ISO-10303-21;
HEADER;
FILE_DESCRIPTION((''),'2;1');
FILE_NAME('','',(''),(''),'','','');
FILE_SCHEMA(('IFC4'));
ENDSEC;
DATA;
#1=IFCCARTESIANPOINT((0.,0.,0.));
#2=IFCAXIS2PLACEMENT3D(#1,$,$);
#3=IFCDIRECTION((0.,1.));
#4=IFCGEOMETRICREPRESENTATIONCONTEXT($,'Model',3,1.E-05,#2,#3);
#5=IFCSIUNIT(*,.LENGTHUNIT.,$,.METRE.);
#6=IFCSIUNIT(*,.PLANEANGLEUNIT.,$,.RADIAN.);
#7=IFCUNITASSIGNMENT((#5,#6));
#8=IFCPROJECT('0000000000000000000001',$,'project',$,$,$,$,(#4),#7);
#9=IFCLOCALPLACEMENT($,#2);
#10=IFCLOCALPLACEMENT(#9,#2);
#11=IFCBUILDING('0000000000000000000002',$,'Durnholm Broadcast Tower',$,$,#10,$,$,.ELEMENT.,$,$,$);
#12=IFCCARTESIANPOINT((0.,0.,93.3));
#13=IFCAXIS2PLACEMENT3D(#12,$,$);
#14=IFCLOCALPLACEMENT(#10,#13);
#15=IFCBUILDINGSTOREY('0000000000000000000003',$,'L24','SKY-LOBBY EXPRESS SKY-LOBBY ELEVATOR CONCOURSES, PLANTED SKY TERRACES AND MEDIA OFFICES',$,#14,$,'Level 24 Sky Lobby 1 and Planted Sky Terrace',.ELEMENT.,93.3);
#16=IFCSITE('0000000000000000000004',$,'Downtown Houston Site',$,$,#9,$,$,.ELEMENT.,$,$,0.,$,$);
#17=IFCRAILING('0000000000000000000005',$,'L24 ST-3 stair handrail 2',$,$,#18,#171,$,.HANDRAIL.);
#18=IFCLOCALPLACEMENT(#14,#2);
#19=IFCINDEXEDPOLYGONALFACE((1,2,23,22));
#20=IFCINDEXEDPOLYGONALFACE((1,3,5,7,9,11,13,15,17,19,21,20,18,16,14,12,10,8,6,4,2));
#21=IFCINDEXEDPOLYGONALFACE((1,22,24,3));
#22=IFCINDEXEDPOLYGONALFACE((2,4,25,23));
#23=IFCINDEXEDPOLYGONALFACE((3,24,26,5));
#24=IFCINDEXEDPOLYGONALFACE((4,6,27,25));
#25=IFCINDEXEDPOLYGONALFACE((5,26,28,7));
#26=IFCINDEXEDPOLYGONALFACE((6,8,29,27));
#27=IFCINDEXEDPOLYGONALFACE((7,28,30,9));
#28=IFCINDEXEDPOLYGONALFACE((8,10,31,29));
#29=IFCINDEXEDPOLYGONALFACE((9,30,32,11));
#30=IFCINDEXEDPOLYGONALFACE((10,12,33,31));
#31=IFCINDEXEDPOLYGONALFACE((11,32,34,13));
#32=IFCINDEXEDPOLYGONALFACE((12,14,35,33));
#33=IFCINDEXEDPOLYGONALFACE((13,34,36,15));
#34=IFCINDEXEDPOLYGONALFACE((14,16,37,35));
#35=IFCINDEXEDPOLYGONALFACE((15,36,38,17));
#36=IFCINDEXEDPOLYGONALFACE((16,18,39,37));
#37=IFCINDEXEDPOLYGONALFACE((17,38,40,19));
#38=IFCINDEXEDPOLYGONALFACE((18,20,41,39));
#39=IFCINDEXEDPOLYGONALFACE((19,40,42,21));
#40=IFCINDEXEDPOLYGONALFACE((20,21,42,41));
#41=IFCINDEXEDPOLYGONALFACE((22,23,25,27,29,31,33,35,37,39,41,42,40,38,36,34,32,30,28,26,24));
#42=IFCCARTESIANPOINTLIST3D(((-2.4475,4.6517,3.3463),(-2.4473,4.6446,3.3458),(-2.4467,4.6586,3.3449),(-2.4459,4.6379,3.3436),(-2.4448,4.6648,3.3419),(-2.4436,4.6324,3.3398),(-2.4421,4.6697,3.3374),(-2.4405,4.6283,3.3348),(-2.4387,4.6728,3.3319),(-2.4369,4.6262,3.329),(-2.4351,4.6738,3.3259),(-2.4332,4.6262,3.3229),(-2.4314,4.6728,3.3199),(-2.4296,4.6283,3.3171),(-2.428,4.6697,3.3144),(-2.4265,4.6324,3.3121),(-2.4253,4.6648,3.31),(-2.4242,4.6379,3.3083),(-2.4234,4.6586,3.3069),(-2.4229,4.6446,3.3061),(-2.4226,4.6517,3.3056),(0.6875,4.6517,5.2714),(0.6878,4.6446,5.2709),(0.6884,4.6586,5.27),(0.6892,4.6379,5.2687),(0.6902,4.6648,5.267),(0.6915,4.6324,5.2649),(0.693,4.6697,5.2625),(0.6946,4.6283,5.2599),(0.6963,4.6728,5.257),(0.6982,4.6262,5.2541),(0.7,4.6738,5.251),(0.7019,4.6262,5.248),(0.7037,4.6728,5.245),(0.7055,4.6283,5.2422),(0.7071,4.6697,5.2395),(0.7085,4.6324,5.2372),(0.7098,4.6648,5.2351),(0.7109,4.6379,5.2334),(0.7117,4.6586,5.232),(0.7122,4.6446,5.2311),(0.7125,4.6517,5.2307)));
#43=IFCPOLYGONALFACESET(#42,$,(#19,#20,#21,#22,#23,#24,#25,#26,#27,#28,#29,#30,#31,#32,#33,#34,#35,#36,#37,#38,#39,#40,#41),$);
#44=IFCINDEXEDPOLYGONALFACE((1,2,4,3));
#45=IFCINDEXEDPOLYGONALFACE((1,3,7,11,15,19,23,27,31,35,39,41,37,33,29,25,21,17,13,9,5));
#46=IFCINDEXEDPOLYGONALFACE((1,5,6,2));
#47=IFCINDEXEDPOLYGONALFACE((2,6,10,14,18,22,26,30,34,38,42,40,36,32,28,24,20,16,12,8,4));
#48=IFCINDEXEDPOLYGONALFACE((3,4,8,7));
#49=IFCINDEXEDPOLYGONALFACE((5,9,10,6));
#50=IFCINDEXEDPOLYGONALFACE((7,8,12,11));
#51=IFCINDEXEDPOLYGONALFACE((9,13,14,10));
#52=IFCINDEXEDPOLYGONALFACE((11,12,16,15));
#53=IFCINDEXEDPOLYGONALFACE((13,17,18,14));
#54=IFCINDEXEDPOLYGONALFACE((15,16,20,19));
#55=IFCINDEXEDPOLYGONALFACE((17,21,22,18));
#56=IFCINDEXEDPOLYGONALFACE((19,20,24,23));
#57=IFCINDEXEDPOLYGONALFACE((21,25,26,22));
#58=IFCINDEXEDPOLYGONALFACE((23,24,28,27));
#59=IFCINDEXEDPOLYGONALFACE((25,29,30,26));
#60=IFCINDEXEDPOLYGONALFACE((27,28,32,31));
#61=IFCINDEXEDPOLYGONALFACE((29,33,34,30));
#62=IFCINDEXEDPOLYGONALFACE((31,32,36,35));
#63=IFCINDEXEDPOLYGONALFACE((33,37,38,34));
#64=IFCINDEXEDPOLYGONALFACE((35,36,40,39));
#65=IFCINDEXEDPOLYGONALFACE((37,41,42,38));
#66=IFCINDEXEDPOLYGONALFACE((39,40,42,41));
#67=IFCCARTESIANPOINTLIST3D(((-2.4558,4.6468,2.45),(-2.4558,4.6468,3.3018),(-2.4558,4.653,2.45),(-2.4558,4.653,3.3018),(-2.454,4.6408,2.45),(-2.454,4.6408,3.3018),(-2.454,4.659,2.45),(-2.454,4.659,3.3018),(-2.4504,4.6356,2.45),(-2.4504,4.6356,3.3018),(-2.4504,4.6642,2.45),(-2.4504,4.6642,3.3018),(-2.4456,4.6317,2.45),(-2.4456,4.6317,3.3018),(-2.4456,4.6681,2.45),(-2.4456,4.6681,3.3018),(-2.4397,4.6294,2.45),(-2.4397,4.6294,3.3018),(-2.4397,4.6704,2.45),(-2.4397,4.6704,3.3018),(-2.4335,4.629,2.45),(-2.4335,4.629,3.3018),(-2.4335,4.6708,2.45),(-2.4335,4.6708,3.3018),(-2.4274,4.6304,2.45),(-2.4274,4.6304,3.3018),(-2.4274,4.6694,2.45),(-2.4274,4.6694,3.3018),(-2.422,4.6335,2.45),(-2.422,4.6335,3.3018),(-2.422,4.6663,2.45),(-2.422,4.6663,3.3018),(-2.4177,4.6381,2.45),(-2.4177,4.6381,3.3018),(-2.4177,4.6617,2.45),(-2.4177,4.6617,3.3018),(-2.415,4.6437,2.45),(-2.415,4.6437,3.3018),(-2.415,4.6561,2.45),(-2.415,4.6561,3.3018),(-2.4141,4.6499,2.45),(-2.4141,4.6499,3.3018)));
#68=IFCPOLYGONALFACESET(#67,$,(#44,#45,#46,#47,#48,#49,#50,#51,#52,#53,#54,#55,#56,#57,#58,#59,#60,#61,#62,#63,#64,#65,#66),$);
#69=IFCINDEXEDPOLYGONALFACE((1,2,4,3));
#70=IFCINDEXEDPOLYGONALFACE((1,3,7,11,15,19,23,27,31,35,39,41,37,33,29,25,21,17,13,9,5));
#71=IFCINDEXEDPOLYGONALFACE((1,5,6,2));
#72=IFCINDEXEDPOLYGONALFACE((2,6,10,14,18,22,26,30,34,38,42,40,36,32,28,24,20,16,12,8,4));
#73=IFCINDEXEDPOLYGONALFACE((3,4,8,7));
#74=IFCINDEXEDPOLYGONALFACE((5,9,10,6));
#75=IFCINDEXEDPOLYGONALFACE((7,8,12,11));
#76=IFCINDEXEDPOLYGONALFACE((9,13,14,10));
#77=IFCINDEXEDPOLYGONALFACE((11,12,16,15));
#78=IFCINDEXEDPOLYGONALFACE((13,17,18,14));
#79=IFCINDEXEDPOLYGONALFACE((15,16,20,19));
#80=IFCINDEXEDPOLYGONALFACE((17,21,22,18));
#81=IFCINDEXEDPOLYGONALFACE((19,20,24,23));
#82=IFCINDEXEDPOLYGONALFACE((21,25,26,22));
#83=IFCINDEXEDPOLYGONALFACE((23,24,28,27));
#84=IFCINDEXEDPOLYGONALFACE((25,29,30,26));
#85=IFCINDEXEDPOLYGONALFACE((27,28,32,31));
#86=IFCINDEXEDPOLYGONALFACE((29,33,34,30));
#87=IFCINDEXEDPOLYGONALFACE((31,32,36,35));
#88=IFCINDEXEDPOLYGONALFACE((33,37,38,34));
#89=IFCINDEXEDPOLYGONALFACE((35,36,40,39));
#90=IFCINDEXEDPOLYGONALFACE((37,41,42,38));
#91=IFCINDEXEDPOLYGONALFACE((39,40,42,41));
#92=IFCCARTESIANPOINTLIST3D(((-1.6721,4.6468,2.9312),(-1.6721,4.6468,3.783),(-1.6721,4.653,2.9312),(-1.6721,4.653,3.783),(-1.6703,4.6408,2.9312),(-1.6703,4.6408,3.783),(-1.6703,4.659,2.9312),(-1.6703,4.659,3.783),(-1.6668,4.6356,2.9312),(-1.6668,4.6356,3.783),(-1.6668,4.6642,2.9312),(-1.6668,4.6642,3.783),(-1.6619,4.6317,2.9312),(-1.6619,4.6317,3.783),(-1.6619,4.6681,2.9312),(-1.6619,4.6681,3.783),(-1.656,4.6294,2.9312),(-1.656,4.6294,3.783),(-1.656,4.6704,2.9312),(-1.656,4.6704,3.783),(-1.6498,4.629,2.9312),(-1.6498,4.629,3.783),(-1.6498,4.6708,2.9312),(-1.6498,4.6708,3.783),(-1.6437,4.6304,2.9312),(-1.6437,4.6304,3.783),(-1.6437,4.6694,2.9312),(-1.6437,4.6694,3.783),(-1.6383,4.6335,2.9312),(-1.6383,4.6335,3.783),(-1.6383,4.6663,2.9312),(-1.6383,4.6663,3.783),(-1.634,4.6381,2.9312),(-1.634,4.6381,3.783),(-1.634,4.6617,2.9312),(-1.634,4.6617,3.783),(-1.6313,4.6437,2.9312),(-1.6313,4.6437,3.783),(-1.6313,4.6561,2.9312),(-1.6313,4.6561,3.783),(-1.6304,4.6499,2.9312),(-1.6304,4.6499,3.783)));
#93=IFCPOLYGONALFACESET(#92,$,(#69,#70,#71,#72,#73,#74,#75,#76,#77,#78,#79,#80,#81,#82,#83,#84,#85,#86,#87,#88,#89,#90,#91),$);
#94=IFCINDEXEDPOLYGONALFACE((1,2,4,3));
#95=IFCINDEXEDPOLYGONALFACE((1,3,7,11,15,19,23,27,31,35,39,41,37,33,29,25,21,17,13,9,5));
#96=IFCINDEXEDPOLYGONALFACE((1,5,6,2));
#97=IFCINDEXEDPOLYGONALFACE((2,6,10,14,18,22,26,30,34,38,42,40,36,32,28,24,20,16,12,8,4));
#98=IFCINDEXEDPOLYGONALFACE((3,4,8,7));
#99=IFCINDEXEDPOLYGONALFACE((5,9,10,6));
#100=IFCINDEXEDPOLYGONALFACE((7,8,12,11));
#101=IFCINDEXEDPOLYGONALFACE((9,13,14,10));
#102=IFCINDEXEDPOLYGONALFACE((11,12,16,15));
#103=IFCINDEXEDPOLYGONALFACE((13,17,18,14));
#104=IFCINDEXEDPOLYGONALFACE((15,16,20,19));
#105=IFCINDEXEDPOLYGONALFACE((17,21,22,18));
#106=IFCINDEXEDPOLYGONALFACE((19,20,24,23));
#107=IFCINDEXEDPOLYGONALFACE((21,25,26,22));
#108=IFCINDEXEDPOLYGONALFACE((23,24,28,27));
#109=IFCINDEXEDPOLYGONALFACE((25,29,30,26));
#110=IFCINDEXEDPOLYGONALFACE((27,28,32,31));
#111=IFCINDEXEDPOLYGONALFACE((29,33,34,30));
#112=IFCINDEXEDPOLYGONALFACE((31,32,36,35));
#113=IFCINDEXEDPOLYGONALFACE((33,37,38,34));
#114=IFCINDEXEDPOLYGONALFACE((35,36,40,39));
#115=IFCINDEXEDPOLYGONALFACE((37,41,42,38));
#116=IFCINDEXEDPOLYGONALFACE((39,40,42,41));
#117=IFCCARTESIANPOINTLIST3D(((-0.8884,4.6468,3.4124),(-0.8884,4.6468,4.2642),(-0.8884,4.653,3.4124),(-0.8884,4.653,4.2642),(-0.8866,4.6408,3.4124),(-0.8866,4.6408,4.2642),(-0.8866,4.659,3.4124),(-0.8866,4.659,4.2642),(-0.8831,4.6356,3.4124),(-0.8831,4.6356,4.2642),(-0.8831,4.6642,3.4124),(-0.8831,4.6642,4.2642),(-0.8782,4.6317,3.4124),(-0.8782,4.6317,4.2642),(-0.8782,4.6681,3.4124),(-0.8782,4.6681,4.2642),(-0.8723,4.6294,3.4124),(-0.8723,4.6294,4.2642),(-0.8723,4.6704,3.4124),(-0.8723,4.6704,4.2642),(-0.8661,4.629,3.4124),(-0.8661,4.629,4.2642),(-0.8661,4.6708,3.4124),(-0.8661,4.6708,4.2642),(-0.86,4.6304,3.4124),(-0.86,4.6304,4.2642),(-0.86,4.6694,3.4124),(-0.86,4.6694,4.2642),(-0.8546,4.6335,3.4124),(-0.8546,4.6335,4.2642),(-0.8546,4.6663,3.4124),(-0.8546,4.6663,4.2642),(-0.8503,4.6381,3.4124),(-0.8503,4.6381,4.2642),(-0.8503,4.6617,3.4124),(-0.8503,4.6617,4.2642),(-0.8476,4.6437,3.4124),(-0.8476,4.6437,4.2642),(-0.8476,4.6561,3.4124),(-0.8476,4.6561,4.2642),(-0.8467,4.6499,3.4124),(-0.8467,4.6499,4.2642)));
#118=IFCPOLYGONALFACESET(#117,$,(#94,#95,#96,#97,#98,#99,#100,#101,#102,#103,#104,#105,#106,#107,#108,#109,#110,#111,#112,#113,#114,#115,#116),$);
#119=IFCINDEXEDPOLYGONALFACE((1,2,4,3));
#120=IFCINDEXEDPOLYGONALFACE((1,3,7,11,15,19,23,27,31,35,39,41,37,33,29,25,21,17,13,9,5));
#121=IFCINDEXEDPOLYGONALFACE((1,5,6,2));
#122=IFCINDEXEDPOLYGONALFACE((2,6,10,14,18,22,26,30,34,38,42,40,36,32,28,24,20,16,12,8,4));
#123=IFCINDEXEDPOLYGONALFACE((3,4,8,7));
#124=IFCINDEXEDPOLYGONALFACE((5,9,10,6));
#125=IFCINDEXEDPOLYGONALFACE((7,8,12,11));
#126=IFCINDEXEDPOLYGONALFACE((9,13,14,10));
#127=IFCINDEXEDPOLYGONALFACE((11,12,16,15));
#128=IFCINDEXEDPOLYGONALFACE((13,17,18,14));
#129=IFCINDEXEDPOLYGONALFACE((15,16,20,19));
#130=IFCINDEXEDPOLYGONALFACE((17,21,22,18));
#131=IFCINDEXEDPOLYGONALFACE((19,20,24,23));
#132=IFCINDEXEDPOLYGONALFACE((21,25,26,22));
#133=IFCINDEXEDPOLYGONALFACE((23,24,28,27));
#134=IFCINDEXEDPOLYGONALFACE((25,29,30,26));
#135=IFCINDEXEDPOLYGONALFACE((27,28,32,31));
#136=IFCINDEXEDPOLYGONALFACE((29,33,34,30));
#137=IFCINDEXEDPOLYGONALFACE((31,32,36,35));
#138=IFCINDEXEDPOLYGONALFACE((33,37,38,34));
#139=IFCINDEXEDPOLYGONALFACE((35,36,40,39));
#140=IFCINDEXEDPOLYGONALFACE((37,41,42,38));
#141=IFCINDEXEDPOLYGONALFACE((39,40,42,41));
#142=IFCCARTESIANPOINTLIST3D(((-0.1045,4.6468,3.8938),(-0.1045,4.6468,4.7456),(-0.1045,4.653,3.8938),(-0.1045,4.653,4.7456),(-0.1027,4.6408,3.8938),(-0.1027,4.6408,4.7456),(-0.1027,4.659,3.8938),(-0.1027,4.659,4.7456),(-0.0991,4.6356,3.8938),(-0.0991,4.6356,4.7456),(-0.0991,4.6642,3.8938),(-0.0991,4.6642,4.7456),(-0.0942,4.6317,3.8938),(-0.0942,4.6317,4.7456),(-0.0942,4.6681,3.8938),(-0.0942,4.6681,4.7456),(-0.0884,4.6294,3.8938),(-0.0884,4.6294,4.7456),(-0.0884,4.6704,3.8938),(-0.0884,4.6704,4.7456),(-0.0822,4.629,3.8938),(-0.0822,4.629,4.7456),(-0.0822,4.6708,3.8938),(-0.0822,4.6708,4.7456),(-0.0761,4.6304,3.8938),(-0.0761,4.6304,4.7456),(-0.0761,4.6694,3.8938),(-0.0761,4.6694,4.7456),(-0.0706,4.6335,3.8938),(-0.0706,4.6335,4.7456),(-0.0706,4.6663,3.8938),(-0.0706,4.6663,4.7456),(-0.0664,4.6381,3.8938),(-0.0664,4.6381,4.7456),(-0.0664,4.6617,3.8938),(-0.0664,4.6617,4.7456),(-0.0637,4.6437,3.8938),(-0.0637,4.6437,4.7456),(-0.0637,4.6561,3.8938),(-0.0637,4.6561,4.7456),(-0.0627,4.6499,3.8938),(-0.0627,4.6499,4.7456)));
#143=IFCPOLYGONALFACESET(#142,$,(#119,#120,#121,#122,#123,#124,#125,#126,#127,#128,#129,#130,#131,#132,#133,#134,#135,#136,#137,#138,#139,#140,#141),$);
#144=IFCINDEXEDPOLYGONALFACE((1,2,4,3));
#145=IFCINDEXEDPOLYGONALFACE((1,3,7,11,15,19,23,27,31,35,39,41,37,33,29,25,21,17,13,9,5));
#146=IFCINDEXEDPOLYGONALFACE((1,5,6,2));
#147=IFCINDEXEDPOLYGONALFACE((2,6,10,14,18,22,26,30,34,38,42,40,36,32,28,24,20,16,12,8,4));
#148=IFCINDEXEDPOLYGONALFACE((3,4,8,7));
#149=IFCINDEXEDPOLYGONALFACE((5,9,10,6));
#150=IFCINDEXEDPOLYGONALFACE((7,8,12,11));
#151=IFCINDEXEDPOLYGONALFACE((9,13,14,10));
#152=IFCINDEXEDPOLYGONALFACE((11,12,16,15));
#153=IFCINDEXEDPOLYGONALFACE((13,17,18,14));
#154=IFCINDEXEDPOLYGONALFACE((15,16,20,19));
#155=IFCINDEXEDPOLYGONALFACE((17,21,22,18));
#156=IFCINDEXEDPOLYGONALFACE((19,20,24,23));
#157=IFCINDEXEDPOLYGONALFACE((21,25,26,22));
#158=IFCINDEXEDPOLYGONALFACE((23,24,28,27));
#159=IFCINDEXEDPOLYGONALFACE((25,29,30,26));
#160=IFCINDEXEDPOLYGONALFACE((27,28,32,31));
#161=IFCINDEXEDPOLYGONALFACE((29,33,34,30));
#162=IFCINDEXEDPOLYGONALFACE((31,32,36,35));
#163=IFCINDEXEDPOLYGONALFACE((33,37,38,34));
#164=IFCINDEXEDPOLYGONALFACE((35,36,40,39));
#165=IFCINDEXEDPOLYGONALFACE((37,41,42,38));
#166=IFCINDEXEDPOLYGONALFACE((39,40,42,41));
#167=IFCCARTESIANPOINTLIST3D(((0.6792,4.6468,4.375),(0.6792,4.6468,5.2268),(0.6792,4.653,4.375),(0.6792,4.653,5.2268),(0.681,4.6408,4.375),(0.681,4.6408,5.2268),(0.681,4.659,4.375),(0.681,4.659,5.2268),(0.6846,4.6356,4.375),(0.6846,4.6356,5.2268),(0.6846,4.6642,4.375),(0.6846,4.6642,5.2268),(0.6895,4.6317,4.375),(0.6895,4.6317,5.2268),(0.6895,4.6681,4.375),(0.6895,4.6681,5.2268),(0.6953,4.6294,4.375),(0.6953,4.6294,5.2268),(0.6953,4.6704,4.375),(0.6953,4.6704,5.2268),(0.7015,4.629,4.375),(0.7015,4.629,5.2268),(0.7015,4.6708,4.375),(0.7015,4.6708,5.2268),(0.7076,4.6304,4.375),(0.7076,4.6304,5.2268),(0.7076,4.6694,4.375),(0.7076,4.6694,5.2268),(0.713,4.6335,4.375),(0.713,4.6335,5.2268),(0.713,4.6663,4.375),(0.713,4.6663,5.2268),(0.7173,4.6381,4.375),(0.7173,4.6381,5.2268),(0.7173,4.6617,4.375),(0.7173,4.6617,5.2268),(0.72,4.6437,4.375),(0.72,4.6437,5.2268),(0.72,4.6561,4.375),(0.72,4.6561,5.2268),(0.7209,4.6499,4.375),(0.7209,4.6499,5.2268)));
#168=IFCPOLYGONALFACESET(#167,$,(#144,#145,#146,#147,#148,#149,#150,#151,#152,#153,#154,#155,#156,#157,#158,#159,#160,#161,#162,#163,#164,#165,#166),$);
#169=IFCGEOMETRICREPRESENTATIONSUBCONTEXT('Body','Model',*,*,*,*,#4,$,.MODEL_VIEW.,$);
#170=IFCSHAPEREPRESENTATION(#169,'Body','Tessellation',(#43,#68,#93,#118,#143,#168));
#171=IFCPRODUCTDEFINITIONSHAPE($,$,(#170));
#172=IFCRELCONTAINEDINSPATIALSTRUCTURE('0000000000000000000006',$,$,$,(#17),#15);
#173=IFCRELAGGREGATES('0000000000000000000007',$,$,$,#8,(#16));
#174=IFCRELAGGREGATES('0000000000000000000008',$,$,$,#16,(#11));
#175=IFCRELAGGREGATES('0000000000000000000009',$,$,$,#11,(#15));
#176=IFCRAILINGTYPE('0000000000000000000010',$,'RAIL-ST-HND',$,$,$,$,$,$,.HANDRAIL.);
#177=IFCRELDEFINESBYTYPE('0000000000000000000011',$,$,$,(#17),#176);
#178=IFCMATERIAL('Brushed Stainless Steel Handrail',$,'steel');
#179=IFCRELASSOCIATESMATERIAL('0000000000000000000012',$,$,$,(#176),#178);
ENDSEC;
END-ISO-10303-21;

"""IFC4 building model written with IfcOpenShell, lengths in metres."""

from ifc_helpers import new_model, si_unit, direction, frame, origin, origin_2d, place, context, subcontext, project, spatial, circle, extrude, material, type_object, element, save


model = new_model("IFC4")

# Units and contexts
model_context = context("Model", 3, precision=1e-05, world=origin(), true_north=direction((0.0, 1.0)))
body_context = subcontext(model_context, "Body", "Model", "MODEL_VIEW")
ifc_project = project(units=[si_unit("LENGTHUNIT", "METRE"), si_unit("PLANEANGLEUNIT", "RADIAN")], contexts=[model_context])

# Site, building, storey
site_placement = place(None, origin())
site = spatial("IfcSite", under=ifc_project, at=site_placement, Name="Downtown Houston Site", CompositionType="ELEMENT", RefElevation=0.0)
building_placement = place(site_placement, origin())
building = spatial("IfcBuilding", under=site, at=building_placement, Name="Durnholm Broadcast Tower", CompositionType="ELEMENT")
storey_placement = place(building_placement, frame((0.0, 0.0, 93.3)))
storey = spatial("IfcBuildingStorey", under=building, at=storey_placement, Name="L24", Description="SKY-LOBBY EXPRESS SKY-LOBBY ELEVATOR CONCOURSES, PLANTED SKY TERRACES AND MEDIA OFFICES", LongName="Level 24 Sky Lobby 1 and Planted Sky Terrace", CompositionType="ELEMENT", Elevation=93.3)

# Railing
ifc_material_1 = material(Name="Brushed Stainless Steel Handrail", Category="steel")
railing_type_1 = type_object("IfcRailingType", Name="RAIL-ST-HND", PredefinedType="HANDRAIL", material=ifc_material_1)
railing_1_placement = place(storey_placement, frame((-2.4351, 4.6499, 2.45)))
element("IfcRailing", 1, at=railing_1_placement, inside=storey, type_object=railing_type_1, Name="L24 ST-3 stair handrail 2", PredefinedType="HANDRAIL", context=body_context, shape_type="SweptSolid", body=[
    extrude(circle(Radius=0.0239, at=origin_2d()), frame((0.0, 0.0, 0.876), z_axis=(0.852166, 0.0, 0.523271), x_axis=(0.0, 1.0, 0.0)), (0.0, 0.0, 1.0), 3.679),
    extrude(circle(Radius=0.021, at=origin_2d()), origin(), (0.0, 0.0, 1.0), 0.8518),
    extrude(circle(Radius=0.021, at=origin_2d()), frame((0.7837, 0.0, 0.4812)), (0.0, 0.0, 1.0), 0.8518),
    extrude(circle(Radius=0.021, at=origin_2d()), frame((1.5674, 0.0, 0.9624)), (0.0, 0.0, 1.0), 0.8518),
    extrude(circle(Radius=0.021, at=origin_2d()), frame((2.3513, 0.0, 1.4438)), (0.0, 0.0, 1.0), 0.8518),
    extrude(circle(Radius=0.021, at=origin_2d()), frame((3.135, 0.0, 1.925)), (0.0, 0.0, 1.0), 0.8518),
])

save(model, "model.ifc")
